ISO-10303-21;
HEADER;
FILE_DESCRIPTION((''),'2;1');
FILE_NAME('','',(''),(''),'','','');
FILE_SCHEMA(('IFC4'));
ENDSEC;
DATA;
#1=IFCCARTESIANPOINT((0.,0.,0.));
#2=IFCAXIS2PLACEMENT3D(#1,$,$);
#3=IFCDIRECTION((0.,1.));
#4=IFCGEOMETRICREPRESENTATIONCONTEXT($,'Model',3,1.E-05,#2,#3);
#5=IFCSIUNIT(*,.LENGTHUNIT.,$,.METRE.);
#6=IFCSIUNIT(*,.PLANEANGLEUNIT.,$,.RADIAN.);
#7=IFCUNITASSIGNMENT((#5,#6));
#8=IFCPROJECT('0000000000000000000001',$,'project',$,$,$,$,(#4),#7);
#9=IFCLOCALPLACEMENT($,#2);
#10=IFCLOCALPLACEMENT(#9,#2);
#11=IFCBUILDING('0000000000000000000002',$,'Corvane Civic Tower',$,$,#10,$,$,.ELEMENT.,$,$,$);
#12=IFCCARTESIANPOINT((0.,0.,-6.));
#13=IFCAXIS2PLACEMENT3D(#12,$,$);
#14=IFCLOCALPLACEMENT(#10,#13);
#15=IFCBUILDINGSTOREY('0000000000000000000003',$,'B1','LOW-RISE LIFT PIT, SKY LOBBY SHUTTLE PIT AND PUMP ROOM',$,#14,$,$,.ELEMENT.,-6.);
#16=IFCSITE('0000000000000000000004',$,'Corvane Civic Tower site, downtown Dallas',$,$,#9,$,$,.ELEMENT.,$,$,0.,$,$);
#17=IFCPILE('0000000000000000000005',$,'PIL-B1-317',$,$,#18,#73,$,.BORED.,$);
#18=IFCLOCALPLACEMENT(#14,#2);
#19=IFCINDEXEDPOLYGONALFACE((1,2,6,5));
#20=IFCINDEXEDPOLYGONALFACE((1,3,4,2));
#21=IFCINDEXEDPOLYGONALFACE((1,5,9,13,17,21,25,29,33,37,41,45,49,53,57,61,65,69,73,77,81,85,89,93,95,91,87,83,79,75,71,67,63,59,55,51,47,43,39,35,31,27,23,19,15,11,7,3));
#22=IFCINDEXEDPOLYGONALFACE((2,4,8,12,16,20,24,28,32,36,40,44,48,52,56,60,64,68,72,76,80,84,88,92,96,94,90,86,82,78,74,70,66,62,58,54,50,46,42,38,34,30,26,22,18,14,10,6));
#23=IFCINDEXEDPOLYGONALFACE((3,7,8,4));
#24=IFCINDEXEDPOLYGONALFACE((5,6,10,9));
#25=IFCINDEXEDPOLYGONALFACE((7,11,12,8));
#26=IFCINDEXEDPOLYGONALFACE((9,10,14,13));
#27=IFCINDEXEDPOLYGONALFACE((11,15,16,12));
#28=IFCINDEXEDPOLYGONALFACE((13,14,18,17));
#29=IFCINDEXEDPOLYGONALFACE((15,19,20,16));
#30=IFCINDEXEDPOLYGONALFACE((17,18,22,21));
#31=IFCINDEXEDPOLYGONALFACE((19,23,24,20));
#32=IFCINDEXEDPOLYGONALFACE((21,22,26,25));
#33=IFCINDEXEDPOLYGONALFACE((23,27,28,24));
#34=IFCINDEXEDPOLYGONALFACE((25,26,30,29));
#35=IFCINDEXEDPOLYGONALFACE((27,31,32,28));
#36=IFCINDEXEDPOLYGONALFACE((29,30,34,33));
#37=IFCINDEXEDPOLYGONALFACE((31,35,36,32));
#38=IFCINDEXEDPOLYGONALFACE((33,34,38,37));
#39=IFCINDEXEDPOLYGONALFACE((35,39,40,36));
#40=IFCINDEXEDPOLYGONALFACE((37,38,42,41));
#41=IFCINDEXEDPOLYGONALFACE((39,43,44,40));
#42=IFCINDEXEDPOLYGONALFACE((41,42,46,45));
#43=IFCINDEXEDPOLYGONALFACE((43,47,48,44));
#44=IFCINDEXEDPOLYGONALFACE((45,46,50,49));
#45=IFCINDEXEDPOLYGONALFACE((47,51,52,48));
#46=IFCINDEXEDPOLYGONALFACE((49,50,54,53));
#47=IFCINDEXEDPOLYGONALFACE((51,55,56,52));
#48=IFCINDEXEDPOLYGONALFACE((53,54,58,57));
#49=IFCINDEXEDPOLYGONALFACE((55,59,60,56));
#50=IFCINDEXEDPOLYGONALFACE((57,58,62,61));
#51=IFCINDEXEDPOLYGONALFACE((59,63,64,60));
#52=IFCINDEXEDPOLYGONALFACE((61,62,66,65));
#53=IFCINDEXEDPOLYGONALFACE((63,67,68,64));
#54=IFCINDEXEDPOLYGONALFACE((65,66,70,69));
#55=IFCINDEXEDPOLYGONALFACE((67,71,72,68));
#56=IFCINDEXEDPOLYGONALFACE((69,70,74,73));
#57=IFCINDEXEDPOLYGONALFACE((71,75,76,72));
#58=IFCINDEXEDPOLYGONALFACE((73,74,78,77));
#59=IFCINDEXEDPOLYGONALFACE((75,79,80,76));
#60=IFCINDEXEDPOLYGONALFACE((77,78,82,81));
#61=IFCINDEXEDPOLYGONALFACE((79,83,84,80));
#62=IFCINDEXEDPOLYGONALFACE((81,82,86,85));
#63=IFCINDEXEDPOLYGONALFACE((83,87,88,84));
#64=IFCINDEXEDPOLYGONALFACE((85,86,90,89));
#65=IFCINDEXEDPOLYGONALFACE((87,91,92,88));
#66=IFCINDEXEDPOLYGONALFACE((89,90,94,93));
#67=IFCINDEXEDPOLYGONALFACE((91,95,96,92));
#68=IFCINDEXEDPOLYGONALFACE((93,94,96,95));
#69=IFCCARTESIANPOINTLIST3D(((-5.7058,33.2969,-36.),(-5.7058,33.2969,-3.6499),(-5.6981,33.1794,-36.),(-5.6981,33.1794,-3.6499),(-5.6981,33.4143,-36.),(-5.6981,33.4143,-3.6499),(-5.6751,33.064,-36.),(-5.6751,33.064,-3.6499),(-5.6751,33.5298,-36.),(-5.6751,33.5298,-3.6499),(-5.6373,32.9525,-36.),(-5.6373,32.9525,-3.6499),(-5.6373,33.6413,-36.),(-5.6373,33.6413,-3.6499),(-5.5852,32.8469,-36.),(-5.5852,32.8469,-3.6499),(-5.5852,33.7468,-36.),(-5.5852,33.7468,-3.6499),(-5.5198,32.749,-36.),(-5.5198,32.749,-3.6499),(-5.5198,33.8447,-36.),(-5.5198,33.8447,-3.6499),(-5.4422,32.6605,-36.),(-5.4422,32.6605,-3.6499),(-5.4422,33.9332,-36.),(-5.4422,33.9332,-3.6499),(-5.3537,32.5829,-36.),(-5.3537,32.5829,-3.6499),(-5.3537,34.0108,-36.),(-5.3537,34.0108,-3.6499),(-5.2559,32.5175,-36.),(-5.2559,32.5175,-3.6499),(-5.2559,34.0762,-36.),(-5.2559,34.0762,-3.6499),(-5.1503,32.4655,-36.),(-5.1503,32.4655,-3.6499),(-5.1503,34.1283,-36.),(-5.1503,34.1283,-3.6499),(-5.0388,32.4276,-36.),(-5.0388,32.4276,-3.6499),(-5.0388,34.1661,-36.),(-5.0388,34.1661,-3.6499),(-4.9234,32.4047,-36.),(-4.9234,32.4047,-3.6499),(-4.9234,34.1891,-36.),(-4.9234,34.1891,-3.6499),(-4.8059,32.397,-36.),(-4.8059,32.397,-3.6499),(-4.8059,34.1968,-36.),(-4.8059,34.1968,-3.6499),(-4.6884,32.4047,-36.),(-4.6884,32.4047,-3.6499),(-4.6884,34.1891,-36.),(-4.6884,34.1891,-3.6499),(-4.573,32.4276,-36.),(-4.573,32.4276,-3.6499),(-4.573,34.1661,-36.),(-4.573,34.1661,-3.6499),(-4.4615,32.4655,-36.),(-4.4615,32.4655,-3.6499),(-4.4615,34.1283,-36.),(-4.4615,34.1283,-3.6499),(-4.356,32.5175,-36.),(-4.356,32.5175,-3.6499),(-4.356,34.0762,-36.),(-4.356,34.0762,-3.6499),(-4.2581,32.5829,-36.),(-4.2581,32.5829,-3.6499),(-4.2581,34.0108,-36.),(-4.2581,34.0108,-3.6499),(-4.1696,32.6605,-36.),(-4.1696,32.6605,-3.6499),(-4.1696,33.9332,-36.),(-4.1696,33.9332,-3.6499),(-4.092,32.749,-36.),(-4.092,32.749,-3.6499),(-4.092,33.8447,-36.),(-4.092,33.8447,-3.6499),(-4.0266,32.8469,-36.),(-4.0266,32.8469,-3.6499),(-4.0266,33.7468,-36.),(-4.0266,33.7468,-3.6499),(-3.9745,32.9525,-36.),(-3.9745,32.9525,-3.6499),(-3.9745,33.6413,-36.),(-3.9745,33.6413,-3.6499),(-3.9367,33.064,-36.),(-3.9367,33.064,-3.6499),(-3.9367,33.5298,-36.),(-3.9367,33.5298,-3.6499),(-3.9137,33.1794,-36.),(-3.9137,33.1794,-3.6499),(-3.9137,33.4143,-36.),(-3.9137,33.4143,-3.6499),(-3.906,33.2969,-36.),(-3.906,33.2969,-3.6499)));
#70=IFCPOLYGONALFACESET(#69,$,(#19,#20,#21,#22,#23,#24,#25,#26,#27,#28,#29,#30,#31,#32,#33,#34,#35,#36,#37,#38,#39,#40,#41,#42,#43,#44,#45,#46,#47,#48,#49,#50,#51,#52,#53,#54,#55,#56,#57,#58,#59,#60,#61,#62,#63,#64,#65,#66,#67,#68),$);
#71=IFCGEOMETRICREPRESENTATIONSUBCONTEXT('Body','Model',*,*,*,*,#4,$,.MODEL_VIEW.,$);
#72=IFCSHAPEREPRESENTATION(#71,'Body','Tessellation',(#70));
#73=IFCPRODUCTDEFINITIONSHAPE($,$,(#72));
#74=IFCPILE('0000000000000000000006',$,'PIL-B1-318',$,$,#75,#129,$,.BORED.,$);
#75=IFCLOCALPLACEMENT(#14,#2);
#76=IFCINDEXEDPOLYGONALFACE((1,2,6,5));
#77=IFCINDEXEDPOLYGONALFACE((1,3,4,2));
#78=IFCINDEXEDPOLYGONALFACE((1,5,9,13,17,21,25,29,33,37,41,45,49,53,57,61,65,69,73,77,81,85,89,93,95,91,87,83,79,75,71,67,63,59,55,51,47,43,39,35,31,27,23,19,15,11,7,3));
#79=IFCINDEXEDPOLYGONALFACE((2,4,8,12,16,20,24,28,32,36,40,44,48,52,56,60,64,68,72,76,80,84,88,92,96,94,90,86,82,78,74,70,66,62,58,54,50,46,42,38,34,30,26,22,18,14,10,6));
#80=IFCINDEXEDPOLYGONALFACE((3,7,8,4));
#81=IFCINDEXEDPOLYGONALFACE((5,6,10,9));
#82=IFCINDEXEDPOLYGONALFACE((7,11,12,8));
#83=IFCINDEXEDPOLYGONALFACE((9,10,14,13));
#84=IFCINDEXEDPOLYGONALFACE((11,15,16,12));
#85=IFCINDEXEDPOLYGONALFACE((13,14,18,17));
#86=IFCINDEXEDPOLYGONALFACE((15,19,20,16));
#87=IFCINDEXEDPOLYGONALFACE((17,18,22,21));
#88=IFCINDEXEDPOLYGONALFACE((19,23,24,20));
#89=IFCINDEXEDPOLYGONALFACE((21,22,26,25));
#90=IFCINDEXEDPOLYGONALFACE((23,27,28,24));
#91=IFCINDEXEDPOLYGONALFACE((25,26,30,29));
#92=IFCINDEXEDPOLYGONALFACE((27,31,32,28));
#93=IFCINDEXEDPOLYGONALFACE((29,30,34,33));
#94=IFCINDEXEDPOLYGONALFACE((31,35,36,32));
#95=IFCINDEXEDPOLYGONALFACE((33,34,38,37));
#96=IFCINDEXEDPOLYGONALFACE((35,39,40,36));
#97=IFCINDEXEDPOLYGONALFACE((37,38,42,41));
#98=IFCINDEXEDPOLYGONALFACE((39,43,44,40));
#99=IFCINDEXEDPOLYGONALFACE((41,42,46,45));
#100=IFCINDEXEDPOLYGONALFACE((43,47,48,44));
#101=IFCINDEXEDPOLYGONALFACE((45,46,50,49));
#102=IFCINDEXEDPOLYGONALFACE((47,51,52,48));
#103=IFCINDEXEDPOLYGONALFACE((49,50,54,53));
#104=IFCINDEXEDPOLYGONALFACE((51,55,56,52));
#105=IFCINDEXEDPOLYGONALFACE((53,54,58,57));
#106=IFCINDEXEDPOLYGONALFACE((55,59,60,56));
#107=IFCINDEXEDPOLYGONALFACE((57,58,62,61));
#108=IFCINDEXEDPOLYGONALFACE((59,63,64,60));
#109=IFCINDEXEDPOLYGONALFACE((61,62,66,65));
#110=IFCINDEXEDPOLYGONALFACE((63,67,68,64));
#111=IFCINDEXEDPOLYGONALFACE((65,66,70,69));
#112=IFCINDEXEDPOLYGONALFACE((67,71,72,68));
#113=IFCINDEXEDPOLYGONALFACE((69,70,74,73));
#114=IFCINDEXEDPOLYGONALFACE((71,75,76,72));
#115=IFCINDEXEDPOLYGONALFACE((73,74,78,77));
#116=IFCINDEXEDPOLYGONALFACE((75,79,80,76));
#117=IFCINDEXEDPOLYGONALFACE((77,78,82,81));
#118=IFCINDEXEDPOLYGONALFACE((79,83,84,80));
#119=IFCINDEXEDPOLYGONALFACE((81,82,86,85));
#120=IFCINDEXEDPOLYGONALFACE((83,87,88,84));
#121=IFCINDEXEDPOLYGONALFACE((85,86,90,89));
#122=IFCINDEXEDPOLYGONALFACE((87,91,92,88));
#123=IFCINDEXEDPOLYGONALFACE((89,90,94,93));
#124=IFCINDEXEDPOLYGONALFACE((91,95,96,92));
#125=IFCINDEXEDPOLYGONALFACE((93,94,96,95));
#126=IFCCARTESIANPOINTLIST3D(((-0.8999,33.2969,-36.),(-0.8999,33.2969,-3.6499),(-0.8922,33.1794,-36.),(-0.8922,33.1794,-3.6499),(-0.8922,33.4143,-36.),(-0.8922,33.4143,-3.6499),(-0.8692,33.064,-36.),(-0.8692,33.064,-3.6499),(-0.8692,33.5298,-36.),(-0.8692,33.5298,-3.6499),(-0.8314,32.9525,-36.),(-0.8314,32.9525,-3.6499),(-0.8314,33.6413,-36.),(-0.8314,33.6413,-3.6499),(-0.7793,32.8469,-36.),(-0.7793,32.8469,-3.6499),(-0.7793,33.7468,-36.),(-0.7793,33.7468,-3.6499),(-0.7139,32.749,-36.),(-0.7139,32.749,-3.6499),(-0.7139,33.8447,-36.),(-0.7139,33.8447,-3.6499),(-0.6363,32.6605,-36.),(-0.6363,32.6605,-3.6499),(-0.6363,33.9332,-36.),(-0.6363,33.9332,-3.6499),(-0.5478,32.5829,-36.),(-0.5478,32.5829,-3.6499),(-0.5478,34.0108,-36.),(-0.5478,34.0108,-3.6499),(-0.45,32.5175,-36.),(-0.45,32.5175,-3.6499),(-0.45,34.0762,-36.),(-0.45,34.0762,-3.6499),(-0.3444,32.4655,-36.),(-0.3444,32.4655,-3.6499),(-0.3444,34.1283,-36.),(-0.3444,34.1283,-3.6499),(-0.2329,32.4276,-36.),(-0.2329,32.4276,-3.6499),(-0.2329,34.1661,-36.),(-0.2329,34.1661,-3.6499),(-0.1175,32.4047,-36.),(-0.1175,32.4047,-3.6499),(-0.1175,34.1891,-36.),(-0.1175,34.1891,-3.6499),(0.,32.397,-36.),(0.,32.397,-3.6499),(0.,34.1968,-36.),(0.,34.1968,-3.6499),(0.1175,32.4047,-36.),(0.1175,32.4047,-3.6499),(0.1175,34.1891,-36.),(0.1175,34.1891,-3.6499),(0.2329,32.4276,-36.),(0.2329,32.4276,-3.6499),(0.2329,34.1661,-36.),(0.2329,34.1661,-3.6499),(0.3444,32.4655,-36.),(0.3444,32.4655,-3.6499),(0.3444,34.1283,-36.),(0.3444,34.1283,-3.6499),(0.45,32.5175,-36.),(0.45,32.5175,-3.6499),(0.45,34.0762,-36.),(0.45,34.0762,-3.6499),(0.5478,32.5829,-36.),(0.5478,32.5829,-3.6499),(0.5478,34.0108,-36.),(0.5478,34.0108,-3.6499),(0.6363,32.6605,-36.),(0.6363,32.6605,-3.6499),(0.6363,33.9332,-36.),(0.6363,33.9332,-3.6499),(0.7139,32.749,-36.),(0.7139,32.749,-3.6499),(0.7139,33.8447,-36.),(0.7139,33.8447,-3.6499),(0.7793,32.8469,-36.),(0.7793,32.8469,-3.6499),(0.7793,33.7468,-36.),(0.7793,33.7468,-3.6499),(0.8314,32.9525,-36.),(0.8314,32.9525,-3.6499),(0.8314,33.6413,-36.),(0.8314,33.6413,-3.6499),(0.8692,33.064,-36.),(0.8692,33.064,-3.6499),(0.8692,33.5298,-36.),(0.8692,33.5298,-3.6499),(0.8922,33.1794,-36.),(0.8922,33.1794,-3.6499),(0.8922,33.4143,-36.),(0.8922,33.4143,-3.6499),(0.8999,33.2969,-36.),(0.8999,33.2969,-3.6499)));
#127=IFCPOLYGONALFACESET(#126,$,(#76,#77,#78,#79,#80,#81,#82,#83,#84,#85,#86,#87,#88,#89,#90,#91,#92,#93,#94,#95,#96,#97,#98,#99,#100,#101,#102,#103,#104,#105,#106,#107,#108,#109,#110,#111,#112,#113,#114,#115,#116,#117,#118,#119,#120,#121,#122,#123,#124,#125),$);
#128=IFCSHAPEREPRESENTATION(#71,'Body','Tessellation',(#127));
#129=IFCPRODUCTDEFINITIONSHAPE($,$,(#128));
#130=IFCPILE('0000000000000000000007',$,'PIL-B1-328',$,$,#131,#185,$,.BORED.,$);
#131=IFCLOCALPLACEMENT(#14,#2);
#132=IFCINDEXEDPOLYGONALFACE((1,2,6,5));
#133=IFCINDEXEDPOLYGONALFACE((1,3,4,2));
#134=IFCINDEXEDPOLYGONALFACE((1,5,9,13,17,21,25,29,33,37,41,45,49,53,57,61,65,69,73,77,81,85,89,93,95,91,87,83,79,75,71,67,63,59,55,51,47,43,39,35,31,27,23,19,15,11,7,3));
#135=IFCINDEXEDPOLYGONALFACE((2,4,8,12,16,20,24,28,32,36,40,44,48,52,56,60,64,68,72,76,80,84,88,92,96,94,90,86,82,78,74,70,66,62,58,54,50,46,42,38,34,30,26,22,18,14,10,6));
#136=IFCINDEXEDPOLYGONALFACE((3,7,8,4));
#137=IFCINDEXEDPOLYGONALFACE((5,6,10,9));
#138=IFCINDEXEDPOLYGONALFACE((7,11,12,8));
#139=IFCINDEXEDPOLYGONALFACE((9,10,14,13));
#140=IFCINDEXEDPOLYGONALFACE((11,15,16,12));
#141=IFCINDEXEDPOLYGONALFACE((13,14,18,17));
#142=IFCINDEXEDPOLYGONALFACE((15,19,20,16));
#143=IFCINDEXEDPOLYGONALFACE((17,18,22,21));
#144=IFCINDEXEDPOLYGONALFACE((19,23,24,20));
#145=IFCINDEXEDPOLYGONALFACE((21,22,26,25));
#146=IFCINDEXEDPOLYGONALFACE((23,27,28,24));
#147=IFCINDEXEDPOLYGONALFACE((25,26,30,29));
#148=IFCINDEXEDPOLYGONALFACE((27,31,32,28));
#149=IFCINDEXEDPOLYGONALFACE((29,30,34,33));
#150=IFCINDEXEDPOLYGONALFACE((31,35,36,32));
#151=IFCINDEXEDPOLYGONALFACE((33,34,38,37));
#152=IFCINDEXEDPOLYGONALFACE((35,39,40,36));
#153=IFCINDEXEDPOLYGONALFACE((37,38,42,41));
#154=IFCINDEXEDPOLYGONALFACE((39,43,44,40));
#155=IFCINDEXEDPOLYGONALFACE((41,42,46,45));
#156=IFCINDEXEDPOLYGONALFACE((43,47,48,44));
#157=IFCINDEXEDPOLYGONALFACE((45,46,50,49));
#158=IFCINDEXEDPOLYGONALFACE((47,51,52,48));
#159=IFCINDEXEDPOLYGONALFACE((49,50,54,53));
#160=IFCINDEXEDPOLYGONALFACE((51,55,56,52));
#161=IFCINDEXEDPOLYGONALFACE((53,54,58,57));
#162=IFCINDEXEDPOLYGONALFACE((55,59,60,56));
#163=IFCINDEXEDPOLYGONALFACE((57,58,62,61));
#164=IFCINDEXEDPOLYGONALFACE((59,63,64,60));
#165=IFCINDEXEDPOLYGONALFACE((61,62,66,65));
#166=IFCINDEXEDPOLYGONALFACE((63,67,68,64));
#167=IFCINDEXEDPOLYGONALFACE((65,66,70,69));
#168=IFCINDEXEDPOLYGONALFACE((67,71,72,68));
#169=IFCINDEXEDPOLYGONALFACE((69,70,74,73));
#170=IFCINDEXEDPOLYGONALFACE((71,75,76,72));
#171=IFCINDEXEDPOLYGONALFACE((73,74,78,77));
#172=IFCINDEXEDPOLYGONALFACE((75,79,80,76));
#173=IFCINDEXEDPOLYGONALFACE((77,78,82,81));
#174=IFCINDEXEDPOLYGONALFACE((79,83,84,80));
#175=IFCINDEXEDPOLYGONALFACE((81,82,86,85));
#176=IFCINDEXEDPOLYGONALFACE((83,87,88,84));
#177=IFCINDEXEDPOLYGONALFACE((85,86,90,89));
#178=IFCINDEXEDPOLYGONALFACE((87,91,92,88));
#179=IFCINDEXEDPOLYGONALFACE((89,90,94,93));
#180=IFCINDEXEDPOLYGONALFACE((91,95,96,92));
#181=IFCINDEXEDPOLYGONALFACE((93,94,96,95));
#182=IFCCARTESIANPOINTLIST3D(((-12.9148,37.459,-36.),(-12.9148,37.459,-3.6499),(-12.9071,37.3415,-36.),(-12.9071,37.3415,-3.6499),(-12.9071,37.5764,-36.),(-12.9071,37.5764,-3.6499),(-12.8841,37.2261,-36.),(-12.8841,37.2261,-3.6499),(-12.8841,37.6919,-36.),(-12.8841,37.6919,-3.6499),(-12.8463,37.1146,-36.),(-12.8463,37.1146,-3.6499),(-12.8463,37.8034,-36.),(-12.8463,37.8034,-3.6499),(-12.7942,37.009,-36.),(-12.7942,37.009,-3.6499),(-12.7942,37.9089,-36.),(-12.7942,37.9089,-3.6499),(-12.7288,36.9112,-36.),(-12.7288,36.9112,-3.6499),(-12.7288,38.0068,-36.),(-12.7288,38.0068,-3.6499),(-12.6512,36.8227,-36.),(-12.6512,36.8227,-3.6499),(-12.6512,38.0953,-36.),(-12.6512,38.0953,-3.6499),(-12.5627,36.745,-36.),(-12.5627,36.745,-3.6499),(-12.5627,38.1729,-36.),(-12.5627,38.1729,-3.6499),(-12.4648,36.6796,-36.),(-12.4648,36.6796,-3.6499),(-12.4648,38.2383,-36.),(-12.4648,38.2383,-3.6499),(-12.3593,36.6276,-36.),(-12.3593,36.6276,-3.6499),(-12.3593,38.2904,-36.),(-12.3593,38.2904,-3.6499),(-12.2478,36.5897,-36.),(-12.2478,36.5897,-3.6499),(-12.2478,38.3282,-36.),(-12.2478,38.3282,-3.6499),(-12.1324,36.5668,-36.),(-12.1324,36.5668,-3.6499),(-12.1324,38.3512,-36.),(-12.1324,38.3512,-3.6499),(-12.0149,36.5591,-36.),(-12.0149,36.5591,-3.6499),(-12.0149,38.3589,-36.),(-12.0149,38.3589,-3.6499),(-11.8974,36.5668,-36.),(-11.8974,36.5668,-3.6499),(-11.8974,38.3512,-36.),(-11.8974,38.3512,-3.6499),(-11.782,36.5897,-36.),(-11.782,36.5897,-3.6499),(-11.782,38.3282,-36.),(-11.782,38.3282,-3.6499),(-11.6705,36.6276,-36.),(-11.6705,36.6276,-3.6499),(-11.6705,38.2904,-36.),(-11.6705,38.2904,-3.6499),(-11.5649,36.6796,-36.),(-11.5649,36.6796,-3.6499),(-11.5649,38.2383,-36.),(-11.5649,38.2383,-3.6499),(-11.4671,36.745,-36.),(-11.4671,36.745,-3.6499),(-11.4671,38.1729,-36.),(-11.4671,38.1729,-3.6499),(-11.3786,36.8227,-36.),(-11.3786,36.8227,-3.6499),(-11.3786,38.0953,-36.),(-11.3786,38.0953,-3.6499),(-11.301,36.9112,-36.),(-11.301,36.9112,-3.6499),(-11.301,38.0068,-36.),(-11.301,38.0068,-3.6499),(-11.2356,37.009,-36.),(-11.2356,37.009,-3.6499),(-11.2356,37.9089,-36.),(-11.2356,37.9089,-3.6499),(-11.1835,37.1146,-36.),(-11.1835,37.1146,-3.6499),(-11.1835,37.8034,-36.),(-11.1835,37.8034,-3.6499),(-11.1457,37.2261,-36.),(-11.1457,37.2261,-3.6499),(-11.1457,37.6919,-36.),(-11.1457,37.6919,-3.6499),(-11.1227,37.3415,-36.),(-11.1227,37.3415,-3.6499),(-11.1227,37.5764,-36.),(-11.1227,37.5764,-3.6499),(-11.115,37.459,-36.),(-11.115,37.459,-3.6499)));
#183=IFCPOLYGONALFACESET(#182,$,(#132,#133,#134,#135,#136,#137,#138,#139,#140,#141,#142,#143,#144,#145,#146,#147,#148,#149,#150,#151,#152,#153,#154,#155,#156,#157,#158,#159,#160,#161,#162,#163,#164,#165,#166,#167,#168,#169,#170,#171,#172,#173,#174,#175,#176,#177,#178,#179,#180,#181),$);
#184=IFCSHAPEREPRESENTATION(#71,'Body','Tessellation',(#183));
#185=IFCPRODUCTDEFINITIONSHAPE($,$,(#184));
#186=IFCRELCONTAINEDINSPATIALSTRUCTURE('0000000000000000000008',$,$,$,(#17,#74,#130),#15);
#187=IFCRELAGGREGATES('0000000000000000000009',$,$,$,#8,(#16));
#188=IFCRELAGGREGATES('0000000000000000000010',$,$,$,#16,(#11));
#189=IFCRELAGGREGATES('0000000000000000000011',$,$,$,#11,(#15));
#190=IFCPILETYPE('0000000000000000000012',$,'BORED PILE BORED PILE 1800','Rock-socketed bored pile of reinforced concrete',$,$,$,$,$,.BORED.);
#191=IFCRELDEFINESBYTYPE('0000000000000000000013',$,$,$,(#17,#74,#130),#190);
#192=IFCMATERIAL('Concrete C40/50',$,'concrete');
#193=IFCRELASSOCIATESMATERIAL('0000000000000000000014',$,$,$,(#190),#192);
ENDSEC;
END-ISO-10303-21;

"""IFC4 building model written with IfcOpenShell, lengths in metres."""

from ifc_helpers import new_model, si_unit, direction, frame, origin, origin_2d, place, context, subcontext, project, spatial, circle, extrude, material, material_profile, profile_set, type_object, element, save


model = new_model("IFC4")

# Units and contexts
model_context = context("Model", 3, precision=1e-05, world=origin(), true_north=direction((0.0, 1.0)))
body_context = subcontext(model_context, "Body", "Model", "MODEL_VIEW")
ifc_project = project(units=[si_unit("LENGTHUNIT", "METRE"), si_unit("PLANEANGLEUNIT", "RADIAN")], contexts=[model_context])

# Site, building, storey
site_placement = place(None, origin())
site = spatial("IfcSite", under=ifc_project, at=site_placement, Name="Corvane Civic Tower site, downtown Dallas", CompositionType="ELEMENT", RefElevation=0.0)
building_placement = place(site_placement, origin())
building = spatial("IfcBuilding", under=site, at=building_placement, Name="Corvane Civic Tower", CompositionType="ELEMENT")
storey_placement = place(building_placement, frame((0.0, 0.0, -6.0)))
storey = spatial("IfcBuildingStorey", under=building, at=storey_placement, Name="B1", Description="LOW-RISE LIFT PIT, SKY LOBBY SHUTTLE PIT AND PUMP ROOM", CompositionType="ELEMENT", Elevation=-6.0)

# Piles
ifc_material_1 = material(Name="Concrete C40/50", Category="concrete")
ifc_material_profile_1 = material_profile(ifc_material_1, circle(Radius=0.8999, at=origin_2d()), Name="BORED PILE 1800")
ifc_profile_set_1 = profile_set([ifc_material_profile_1], Name="Concrete C40/50")
pile_type_1 = type_object("IfcPileType", Name="BORED PILE BORED PILE 1800", Description="Rock-socketed bored pile of reinforced concrete", PredefinedType="BORED", material=ifc_profile_set_1)
for number, where, z_axis, x_axis, name in (
    (1, (-4.8059, 33.2969, -3.6499), (0.0, 0.0, -1.0), (1.0, 0.0, 0.0), "PIL-B1-317"),
    (2, (0.0, 33.2969, -3.6499), (0.0, 0.0, -1.0), (1.0, 0.0, 0.0), "PIL-B1-318"),
    (3, (-12.0149, 37.459, -3.6499), (0.0, 0.0, -1.0), (1.0, 0.0, 0.0), "PIL-B1-328"),
):
    element("IfcPile", number, at=place(storey_placement, frame(where, z_axis=z_axis, x_axis=x_axis)), inside=storey, type_object=pile_type_1, Name=name, PredefinedType="BORED", context=body_context, shape_type="SweptSolid", body=[
        extrude(circle(Radius=0.8999, at=origin_2d()), origin(), (0.0, 0.0, 1.0), 32.3501),
    ])

save(model, "model.ifc")
